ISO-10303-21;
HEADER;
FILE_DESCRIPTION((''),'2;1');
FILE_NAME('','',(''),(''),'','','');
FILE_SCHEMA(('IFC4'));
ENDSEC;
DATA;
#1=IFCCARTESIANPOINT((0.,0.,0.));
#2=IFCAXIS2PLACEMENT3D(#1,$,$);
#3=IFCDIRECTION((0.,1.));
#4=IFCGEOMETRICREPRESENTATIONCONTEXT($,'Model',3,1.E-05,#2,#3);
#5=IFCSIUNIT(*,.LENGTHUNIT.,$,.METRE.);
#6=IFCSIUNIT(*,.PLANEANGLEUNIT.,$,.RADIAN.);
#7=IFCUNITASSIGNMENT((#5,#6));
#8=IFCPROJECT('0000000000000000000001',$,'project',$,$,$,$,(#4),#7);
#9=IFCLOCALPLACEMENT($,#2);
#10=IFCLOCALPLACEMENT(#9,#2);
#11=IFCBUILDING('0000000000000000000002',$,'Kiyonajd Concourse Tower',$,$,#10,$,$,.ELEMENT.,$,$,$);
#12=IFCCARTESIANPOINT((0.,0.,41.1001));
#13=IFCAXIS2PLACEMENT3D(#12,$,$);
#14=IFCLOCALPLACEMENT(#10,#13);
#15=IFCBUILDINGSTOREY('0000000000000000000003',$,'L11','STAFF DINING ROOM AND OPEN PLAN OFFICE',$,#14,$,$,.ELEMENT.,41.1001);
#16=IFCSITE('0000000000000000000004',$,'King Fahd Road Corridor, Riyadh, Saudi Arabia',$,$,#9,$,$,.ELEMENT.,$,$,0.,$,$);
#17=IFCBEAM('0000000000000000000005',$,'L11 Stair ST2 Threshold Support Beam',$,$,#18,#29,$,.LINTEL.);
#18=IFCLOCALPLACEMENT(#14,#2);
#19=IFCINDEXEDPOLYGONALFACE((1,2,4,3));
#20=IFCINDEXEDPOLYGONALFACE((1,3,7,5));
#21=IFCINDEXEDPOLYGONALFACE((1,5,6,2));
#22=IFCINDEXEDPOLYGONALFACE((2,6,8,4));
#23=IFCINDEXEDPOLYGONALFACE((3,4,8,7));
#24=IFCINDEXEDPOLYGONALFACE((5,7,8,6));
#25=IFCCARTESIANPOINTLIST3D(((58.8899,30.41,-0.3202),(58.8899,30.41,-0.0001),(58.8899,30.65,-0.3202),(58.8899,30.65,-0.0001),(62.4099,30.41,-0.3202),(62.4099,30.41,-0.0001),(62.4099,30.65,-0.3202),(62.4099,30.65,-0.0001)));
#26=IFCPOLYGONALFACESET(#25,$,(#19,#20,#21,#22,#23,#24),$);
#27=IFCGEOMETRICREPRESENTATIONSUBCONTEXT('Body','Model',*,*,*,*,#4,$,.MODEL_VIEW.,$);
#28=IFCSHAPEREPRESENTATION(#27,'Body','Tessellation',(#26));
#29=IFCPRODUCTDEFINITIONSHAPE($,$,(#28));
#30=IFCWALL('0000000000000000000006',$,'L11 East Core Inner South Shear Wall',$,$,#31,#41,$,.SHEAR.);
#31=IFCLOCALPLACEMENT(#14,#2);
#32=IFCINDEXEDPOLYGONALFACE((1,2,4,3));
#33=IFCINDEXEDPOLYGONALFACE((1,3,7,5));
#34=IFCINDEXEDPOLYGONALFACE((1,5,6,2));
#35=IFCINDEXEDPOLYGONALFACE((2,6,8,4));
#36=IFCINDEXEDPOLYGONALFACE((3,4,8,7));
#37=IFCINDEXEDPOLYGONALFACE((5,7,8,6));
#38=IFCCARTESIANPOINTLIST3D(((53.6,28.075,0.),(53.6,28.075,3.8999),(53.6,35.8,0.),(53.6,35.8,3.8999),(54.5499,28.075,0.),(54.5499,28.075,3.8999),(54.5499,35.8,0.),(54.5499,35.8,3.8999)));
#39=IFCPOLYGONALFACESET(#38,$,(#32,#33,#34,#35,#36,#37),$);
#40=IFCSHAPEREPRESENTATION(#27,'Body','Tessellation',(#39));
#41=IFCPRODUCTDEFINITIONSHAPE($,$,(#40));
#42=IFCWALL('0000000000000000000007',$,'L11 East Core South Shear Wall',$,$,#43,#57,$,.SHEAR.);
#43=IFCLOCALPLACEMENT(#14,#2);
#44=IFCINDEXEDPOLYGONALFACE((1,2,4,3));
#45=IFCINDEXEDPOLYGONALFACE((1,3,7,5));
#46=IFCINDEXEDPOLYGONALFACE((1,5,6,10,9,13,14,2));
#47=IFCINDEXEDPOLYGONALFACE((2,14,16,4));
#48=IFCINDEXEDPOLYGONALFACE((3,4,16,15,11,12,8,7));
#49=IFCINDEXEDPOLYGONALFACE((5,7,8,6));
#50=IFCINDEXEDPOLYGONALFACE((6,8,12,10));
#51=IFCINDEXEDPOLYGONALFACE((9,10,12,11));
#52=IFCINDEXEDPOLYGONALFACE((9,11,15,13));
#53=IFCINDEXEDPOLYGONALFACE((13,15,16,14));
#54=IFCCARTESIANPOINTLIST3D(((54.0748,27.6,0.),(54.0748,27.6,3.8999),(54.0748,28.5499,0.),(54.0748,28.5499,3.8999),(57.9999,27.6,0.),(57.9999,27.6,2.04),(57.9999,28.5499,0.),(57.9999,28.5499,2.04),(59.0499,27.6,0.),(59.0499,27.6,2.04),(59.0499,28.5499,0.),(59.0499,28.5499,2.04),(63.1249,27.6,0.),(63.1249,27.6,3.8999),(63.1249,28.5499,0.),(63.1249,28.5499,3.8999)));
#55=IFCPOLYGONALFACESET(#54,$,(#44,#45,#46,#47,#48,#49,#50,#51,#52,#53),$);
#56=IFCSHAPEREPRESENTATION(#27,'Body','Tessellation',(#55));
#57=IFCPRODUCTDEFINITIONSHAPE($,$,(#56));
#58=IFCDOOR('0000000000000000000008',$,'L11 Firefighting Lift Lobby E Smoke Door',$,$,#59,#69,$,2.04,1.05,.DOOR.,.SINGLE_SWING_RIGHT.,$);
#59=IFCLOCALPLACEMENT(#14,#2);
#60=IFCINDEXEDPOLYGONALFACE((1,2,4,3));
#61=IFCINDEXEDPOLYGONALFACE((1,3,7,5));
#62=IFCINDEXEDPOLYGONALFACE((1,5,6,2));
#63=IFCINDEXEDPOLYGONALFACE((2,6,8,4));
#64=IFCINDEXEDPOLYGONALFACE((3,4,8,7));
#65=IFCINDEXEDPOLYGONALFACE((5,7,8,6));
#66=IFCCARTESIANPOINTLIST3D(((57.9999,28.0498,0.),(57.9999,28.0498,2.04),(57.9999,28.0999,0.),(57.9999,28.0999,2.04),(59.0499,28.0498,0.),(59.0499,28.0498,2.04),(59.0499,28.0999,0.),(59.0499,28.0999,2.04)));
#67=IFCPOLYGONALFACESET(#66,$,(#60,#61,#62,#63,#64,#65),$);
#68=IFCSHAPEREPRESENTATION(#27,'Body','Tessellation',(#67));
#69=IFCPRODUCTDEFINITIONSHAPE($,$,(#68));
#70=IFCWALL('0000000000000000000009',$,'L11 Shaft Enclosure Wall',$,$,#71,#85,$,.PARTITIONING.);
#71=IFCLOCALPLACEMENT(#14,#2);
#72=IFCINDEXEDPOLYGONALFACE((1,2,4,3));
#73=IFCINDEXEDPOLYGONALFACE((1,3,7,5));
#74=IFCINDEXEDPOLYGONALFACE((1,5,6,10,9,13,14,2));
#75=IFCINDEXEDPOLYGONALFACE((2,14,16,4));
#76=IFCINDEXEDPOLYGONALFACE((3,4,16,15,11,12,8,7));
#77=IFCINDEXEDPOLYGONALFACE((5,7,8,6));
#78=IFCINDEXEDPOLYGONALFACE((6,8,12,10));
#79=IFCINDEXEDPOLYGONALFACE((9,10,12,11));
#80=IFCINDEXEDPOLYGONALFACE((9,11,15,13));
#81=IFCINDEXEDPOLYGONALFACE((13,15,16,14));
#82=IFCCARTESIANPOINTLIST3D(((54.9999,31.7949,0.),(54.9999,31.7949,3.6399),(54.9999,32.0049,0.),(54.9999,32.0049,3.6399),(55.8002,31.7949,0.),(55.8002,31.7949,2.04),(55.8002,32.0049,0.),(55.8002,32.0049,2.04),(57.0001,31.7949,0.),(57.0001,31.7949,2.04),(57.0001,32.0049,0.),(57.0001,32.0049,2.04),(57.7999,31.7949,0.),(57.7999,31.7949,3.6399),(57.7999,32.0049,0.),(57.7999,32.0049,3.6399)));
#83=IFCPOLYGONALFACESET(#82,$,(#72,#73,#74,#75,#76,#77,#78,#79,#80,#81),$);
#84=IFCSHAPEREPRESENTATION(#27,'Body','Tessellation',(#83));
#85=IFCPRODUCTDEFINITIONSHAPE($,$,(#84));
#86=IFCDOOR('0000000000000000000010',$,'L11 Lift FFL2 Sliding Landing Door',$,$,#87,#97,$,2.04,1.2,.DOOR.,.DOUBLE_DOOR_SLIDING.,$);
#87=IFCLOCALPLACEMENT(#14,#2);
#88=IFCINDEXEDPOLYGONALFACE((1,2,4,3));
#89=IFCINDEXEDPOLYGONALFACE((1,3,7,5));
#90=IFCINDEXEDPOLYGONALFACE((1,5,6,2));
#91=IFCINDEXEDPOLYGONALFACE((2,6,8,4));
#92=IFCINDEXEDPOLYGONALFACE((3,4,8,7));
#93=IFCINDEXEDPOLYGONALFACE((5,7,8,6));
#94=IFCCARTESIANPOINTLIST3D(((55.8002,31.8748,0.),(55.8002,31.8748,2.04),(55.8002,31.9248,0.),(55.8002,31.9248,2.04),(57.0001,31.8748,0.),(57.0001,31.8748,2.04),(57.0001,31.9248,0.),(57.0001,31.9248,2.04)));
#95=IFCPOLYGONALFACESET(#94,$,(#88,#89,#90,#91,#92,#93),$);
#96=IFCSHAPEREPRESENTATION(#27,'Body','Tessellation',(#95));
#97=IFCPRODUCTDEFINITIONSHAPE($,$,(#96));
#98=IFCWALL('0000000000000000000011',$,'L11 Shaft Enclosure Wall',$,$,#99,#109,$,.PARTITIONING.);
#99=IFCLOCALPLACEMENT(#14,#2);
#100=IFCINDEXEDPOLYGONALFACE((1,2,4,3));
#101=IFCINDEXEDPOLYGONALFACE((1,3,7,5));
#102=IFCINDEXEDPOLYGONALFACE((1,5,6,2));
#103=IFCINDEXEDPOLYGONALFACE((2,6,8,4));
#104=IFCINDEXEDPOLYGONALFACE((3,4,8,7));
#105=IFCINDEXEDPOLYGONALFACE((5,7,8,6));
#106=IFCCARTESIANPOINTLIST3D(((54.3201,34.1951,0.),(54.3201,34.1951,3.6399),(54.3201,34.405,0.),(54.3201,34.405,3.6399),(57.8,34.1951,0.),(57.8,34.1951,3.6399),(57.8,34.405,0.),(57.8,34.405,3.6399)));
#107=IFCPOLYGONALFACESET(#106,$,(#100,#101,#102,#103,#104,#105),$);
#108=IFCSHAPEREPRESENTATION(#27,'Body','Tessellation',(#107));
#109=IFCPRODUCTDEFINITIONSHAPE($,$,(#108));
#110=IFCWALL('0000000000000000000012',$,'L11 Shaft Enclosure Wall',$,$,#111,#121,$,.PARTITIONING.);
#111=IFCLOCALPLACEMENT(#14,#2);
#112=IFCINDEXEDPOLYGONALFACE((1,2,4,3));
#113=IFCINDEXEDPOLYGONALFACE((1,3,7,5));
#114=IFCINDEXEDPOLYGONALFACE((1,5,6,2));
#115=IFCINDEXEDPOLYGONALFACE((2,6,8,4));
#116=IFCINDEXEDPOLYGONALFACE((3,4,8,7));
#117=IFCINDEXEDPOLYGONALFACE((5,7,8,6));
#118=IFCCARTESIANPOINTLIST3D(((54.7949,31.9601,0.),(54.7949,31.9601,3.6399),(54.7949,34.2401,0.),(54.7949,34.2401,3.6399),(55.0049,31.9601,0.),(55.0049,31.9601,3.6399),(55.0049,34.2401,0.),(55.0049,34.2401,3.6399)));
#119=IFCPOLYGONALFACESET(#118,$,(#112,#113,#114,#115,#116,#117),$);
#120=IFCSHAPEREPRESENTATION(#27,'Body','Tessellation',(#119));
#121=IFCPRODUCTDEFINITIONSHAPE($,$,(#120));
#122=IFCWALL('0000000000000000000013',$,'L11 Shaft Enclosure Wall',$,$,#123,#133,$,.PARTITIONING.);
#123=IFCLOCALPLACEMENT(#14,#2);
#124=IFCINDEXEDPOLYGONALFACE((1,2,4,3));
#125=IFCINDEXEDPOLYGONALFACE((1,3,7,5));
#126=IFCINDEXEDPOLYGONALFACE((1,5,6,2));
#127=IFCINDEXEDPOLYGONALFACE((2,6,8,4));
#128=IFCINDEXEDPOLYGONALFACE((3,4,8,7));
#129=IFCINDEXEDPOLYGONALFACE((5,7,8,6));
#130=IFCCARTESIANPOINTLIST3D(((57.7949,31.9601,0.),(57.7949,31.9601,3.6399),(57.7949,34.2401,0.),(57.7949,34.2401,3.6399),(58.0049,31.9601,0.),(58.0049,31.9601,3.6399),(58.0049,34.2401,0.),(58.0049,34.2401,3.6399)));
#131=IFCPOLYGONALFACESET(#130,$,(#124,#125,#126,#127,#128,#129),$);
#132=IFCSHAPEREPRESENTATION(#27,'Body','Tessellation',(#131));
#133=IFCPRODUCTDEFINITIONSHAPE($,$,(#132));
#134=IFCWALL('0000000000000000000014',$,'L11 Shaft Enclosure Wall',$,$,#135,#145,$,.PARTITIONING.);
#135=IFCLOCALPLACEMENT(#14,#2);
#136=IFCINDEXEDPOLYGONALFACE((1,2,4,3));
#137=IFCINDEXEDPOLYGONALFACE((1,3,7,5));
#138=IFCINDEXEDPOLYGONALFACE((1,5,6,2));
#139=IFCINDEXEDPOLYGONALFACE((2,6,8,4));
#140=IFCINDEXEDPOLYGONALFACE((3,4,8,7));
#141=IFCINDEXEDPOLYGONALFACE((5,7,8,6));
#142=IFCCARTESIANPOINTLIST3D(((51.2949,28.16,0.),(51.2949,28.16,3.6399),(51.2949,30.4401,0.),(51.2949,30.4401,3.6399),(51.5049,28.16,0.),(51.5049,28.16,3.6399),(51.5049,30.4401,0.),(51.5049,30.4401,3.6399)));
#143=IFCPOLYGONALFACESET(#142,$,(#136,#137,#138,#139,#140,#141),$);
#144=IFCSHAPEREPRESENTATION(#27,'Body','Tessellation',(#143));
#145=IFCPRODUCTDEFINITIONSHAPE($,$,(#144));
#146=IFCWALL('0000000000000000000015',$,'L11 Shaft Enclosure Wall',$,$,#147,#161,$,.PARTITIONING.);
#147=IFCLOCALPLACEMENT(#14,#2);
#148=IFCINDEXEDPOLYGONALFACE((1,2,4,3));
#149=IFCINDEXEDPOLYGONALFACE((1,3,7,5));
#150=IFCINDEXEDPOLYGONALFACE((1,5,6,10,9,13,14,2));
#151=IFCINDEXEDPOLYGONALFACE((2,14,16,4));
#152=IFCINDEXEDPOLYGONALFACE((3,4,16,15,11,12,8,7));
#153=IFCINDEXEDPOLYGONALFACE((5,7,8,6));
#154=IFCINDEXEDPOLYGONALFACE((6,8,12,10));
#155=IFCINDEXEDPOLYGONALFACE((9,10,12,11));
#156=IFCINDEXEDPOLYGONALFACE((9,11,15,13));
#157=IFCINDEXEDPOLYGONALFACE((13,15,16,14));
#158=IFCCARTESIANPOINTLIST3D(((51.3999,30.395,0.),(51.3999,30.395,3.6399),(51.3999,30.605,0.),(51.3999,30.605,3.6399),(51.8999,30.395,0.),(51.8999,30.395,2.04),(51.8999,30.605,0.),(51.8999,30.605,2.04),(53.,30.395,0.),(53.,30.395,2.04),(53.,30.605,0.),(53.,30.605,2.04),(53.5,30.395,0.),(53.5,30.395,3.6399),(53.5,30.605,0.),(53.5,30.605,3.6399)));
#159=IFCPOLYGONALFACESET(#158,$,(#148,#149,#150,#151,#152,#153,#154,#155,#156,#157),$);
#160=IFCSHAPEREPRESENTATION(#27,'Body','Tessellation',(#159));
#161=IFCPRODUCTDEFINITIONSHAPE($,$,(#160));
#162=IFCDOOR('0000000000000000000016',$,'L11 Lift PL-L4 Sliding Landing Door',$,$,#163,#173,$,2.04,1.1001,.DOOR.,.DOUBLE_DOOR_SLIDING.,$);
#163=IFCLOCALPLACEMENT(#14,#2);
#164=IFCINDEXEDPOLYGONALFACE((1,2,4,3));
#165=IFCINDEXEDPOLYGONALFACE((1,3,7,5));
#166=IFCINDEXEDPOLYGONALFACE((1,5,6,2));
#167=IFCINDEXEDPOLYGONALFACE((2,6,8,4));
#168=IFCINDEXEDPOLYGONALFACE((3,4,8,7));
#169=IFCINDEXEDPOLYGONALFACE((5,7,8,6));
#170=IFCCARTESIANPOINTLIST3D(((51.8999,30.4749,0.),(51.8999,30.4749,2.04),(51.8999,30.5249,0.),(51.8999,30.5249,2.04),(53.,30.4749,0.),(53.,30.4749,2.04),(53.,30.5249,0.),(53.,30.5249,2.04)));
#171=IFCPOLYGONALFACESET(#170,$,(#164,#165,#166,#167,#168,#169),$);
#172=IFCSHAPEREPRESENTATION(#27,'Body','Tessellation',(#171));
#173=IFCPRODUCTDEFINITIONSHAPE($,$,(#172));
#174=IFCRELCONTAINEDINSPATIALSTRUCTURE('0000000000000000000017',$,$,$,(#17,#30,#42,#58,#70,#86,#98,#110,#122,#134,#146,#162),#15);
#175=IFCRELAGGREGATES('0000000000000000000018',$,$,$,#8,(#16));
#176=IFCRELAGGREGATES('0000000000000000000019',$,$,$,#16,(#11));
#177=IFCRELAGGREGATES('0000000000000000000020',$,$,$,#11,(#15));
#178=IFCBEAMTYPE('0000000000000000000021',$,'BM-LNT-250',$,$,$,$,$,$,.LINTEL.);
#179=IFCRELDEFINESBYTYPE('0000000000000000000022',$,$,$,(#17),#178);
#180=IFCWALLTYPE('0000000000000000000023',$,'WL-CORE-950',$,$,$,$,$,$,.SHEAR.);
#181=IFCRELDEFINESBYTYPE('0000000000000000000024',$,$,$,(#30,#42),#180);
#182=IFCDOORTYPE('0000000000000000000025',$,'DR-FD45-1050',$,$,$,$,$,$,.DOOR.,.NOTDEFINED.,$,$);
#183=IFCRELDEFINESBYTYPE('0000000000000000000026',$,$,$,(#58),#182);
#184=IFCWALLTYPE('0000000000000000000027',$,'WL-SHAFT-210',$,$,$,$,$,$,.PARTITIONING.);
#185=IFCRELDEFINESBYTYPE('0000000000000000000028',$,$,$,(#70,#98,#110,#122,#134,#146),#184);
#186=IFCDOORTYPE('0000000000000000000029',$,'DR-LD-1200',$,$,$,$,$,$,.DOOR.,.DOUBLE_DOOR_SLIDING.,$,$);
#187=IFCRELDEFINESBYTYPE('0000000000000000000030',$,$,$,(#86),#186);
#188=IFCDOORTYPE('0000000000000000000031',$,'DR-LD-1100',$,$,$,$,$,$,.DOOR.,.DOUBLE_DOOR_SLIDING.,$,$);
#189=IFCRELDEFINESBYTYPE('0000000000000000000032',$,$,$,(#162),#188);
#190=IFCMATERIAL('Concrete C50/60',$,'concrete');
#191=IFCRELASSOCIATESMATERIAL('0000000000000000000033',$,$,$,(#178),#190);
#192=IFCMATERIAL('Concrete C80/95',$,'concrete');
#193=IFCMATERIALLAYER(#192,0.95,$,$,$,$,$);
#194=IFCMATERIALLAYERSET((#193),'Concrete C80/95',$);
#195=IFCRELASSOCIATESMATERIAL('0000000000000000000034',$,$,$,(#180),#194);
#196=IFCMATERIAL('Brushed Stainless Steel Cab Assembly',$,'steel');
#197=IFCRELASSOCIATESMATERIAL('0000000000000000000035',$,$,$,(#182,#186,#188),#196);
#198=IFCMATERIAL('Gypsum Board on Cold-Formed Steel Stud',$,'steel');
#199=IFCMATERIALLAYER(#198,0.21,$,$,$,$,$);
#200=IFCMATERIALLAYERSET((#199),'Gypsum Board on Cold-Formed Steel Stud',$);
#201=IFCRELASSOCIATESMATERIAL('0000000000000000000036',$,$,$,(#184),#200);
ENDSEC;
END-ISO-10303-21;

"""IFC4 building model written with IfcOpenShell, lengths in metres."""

from ifc_helpers import new_model, si_unit, direction, frame, frame_2d, origin, origin_2d, place, context, subcontext, project, spatial, rectangle, extrude, material, layer, layer_set, material_profile, profile_set, type_object, element, fill, save


model = new_model("IFC4")

# Units and contexts
model_context = context("Model", 3, precision=1e-05, world=origin(), true_north=direction((0.0, 1.0)))
body_context = subcontext(model_context, "Body", "Model", "MODEL_VIEW")
ifc_project = project(units=[si_unit("LENGTHUNIT", "METRE"), si_unit("PLANEANGLEUNIT", "RADIAN")], contexts=[model_context])

# Site, building, storey
site_placement = place(None, origin())
site = spatial("IfcSite", under=ifc_project, at=site_placement, Name="King Fahd Road Corridor, Riyadh, Saudi Arabia", CompositionType="ELEMENT", RefElevation=0.0)
building_placement = place(site_placement, origin())
building = spatial("IfcBuilding", under=site, at=building_placement, Name="Kiyonajd Concourse Tower", CompositionType="ELEMENT")
storey_placement = place(building_placement, frame((0.0, 0.0, 41.1001)))
storey = spatial("IfcBuildingStorey", under=building, at=storey_placement, Name="L11", Description="STAFF DINING ROOM AND OPEN PLAN OFFICE", CompositionType="ELEMENT", Elevation=41.1001)

# Beam
ifc_material_1 = material(Name="Concrete C50/60", Category="concrete")
ifc_material_profile = material_profile(ifc_material_1, rectangle(XDim=0.24, YDim=0.3201, at=origin_2d()), Name="RCBM-240x320")
ifc_profile_set = profile_set([ifc_material_profile], Name="Concrete C50/60")
beam_type = type_object("IfcBeamType", Name="BM-LNT-250", PredefinedType="LINTEL", material=ifc_profile_set)
beam_placement = place(storey_placement, frame((58.8899, 30.53, -0.1602), z_axis=(1.0, 0.0, 0.0), x_axis=(0.0, 1.0, 0.0)))
element("IfcBeam", 1, at=beam_placement, inside=storey, type_object=beam_type, Name="L11 Stair ST2 Threshold Support Beam", PredefinedType="LINTEL", context=body_context, shape_type="SweptSolid", body=[
    extrude(rectangle(XDim=0.24, YDim=0.3201, at=origin_2d()), origin(), (0.0, 0.0, 1.0), 3.52),
])

# Wall
ifc_material_2 = material(Name="Concrete C80/95", Category="concrete")
ifc_layer_1 = layer(ifc_material_2, 0.95)
ifc_layer_set_1 = layer_set([ifc_layer_1], Name="Concrete C80/95")
wall_type_1 = type_object("IfcWallType", Name="WL-CORE-950", PredefinedType="SHEAR", material=ifc_layer_set_1)
wall_1_placement = place(storey_placement, frame((54.075, 28.075, 0.0), z_axis=(0.0, 0.0, 1.0), x_axis=(0.0, 1.0, 0.0)))
element("IfcWall", 2, at=wall_1_placement, inside=storey, type_object=wall_type_1, Name="L11 East Core Inner South Shear Wall", PredefinedType="SHEAR", context=body_context, shape_type="SweptSolid", body=[
    extrude(rectangle(XDim=7.7251, YDim=0.95, at=frame_2d((3.8625, 0.0))), origin(), (0.0, 0.0, 1.0), 3.8999),
])

# Walls, openings, doors
wall_2_placement = place(storey_placement, frame((54.075, 28.075, 0.0), z_axis=(0.0, 0.0, 1.0), x_axis=(1.0, 0.0, 0.0)))
wall_2 = element("IfcWall", 3, at=wall_2_placement, inside=storey, type_object=wall_type_1, Name="L11 East Core South Shear Wall", PredefinedType="SHEAR", context=body_context, shape_type="SweptSolid", body=[
    extrude(rectangle(XDim=9.05, YDim=0.95, at=frame_2d((4.5249, 0.0))), origin(), (0.0, 0.0, 1.0), 3.8999),
])
opening_1_placement = place(wall_2_placement, frame((3.925, 0.0, 0.0)))
opening_1 = element("IfcOpeningElement", 4, at=opening_1_placement, cuts=wall_2, PredefinedType="OPENING", context=body_context, shape_type="SweptSolid", body=[
    extrude(rectangle(XDim=1.05, YDim=2.04, at=frame_2d((0.5249, 1.02))), frame((0.0, 0.4849, 0.0), z_axis=(0.0, -1.0, 0.0), x_axis=(1.0, 0.0, 0.0)), (0.0, 0.0, 1.0), 0.97),
])
ifc_material_3 = material(Name="Brushed Stainless Steel Cab Assembly", Category="steel")
door_type_1 = type_object("IfcDoorType", Name="DR-FD45-1050", OperationType="NOTDEFINED", PredefinedType="DOOR", material=ifc_material_3)
door_1_placement = place(opening_1_placement, origin())
door_1 = element("IfcDoor", 5, at=door_1_placement, inside=storey, type_object=door_type_1, Name="L11 Firefighting Lift Lobby E Smoke Door", OperationType="SINGLE_SWING_RIGHT", OverallHeight=2.04, OverallWidth=1.05, PredefinedType="DOOR", context=body_context, shape_type="SweptSolid", body=[
    extrude(rectangle(XDim=1.05, YDim=2.04, at=frame_2d((0.5249, 1.02))), frame((0.0, 0.0249, 0.0), z_axis=(0.0, -1.0, 0.0), x_axis=(1.0, 0.0, 0.0)), (0.0, 0.0, 1.0), 0.05),
])
fill(opening_1, door_1)
ifc_material_4 = material(Name="Gypsum Board on Cold-Formed Steel Stud", Category="steel")
ifc_layer_2 = layer(ifc_material_4, 0.21)
ifc_layer_set_2 = layer_set([ifc_layer_2], Name="Gypsum Board on Cold-Formed Steel Stud")
wall_type_2 = type_object("IfcWallType", Name="WL-SHAFT-210", PredefinedType="PARTITIONING", material=ifc_layer_set_2)
wall_3_placement = place(storey_placement, frame((55.0, 31.8999, 0.0), z_axis=(0.0, 0.0, 1.0), x_axis=(1.0, 0.0, 0.0)))
wall_3 = element("IfcWall", 6, at=wall_3_placement, inside=storey, type_object=wall_type_2, Name="L11 Shaft Enclosure Wall", PredefinedType="PARTITIONING", context=body_context, shape_type="SweptSolid", body=[
    extrude(rectangle(XDim=2.8, YDim=0.21, at=frame_2d((1.3999, 0.0))), origin(), (0.0, 0.0, 1.0), 3.6399),
])
opening_2_placement = place(wall_3_placement, frame((0.8, 0.0, 0.0)))
opening_2 = element("IfcOpeningElement", 7, at=opening_2_placement, cuts=wall_3, PredefinedType="OPENING", context=body_context, shape_type="SweptSolid", body=[
    extrude(rectangle(XDim=1.2, YDim=2.04, at=frame_2d((0.6001, 1.02))), frame((0.0, 0.115, 0.0), z_axis=(0.0, -1.0, 0.0), x_axis=(1.0, 0.0, 0.0)), (0.0, 0.0, 1.0), 0.23),
])
door_type_2 = type_object("IfcDoorType", Name="DR-LD-1200", OperationType="DOUBLE_DOOR_SLIDING", PredefinedType="DOOR", material=ifc_material_3)
door_2_placement = place(opening_2_placement, origin())
door_2 = element("IfcDoor", 8, at=door_2_placement, inside=storey, type_object=door_type_2, Name="L11 Lift FFL2 Sliding Landing Door", OperationType="DOUBLE_DOOR_SLIDING", OverallHeight=2.04, OverallWidth=1.2, PredefinedType="DOOR", context=body_context, shape_type="SweptSolid", body=[
    extrude(rectangle(XDim=1.2, YDim=2.04, at=frame_2d((0.6001, 1.02))), frame((0.0, 0.0249, 0.0), z_axis=(0.0, -1.0, 0.0), x_axis=(1.0, 0.0, 0.0)), (0.0, 0.0, 1.0), 0.05),
])
fill(opening_2, door_2)

# Walls
wall_4_placement = place(storey_placement, frame((54.3201, 34.3, 0.0), z_axis=(0.0, 0.0, 1.0), x_axis=(1.0, 0.0, 0.0)))
element("IfcWall", 9, at=wall_4_placement, inside=storey, type_object=wall_type_2, Name="L11 Shaft Enclosure Wall", PredefinedType="PARTITIONING", context=body_context, shape_type="SweptSolid", body=[
    extrude(rectangle(XDim=3.48, YDim=0.21, at=frame_2d((1.74, 0.0))), origin(), (0.0, 0.0, 1.0), 3.6399),
])
for number, where, z_axis, x_axis, name in (
    (10, (54.8999, 31.96, 0.0), (0.0, 0.0, 1.0), (0.0, 1.0, 0.0), "L11 Shaft Enclosure Wall"),
    (11, (57.8999, 31.96, 0.0), (0.0, 0.0, 1.0), (0.0, 1.0, 0.0), "L11 Shaft Enclosure Wall"),
    (12, (51.3999, 28.1599, 0.0), (0.0, 0.0, 1.0), (0.0, 1.0, 0.0), "L11 Shaft Enclosure Wall"),
):
    element("IfcWall", number, at=place(storey_placement, frame(where, z_axis=z_axis, x_axis=x_axis)), inside=storey, type_object=wall_type_2, Name=name, PredefinedType="PARTITIONING", context=body_context, shape_type="SweptSolid", body=[
        extrude(rectangle(XDim=2.28, YDim=0.21, at=frame_2d((1.1401, 0.0))), origin(), (0.0, 0.0, 1.0), 3.6399),
    ])

# Wall, opening, door
wall_5_placement = place(storey_placement, frame((51.3999, 30.5, 0.0), z_axis=(0.0, 0.0, 1.0), x_axis=(1.0, 0.0, 0.0)))
wall_5 = element("IfcWall", 13, at=wall_5_placement, inside=storey, type_object=wall_type_2, Name="L11 Shaft Enclosure Wall", PredefinedType="PARTITIONING", context=body_context, shape_type="SweptSolid", body=[
    extrude(rectangle(XDim=2.1001, YDim=0.21, at=frame_2d((1.05, 0.0))), origin(), (0.0, 0.0, 1.0), 3.6399),
])
opening_3_placement = place(wall_5_placement, frame((0.5, 0.0, 0.0)))
opening_3 = element("IfcOpeningElement", 14, at=opening_3_placement, cuts=wall_5, PredefinedType="OPENING", context=body_context, shape_type="SweptSolid", body=[
    extrude(rectangle(XDim=1.1001, YDim=2.04, at=frame_2d((0.55, 1.02))), frame((0.0, 0.115, 0.0), z_axis=(0.0, -1.0, 0.0), x_axis=(1.0, 0.0, 0.0)), (0.0, 0.0, 1.0), 0.23),
])
door_type_3 = type_object("IfcDoorType", Name="DR-LD-1100", OperationType="DOUBLE_DOOR_SLIDING", PredefinedType="DOOR", material=ifc_material_3)
door_3_placement = place(opening_3_placement, origin())
door_3 = element("IfcDoor", 15, at=door_3_placement, inside=storey, type_object=door_type_3, Name="L11 Lift PL-L4 Sliding Landing Door", OperationType="DOUBLE_DOOR_SLIDING", OverallHeight=2.04, OverallWidth=1.1001, PredefinedType="DOOR", context=body_context, shape_type="SweptSolid", body=[
    extrude(rectangle(XDim=1.1001, YDim=2.04, at=frame_2d((0.55, 1.02))), frame((0.0, 0.0249, 0.0), z_axis=(0.0, -1.0, 0.0), x_axis=(1.0, 0.0, 0.0)), (0.0, 0.0, 1.0), 0.05),
])
fill(opening_3, door_3)

save(model, "model.ifc")
